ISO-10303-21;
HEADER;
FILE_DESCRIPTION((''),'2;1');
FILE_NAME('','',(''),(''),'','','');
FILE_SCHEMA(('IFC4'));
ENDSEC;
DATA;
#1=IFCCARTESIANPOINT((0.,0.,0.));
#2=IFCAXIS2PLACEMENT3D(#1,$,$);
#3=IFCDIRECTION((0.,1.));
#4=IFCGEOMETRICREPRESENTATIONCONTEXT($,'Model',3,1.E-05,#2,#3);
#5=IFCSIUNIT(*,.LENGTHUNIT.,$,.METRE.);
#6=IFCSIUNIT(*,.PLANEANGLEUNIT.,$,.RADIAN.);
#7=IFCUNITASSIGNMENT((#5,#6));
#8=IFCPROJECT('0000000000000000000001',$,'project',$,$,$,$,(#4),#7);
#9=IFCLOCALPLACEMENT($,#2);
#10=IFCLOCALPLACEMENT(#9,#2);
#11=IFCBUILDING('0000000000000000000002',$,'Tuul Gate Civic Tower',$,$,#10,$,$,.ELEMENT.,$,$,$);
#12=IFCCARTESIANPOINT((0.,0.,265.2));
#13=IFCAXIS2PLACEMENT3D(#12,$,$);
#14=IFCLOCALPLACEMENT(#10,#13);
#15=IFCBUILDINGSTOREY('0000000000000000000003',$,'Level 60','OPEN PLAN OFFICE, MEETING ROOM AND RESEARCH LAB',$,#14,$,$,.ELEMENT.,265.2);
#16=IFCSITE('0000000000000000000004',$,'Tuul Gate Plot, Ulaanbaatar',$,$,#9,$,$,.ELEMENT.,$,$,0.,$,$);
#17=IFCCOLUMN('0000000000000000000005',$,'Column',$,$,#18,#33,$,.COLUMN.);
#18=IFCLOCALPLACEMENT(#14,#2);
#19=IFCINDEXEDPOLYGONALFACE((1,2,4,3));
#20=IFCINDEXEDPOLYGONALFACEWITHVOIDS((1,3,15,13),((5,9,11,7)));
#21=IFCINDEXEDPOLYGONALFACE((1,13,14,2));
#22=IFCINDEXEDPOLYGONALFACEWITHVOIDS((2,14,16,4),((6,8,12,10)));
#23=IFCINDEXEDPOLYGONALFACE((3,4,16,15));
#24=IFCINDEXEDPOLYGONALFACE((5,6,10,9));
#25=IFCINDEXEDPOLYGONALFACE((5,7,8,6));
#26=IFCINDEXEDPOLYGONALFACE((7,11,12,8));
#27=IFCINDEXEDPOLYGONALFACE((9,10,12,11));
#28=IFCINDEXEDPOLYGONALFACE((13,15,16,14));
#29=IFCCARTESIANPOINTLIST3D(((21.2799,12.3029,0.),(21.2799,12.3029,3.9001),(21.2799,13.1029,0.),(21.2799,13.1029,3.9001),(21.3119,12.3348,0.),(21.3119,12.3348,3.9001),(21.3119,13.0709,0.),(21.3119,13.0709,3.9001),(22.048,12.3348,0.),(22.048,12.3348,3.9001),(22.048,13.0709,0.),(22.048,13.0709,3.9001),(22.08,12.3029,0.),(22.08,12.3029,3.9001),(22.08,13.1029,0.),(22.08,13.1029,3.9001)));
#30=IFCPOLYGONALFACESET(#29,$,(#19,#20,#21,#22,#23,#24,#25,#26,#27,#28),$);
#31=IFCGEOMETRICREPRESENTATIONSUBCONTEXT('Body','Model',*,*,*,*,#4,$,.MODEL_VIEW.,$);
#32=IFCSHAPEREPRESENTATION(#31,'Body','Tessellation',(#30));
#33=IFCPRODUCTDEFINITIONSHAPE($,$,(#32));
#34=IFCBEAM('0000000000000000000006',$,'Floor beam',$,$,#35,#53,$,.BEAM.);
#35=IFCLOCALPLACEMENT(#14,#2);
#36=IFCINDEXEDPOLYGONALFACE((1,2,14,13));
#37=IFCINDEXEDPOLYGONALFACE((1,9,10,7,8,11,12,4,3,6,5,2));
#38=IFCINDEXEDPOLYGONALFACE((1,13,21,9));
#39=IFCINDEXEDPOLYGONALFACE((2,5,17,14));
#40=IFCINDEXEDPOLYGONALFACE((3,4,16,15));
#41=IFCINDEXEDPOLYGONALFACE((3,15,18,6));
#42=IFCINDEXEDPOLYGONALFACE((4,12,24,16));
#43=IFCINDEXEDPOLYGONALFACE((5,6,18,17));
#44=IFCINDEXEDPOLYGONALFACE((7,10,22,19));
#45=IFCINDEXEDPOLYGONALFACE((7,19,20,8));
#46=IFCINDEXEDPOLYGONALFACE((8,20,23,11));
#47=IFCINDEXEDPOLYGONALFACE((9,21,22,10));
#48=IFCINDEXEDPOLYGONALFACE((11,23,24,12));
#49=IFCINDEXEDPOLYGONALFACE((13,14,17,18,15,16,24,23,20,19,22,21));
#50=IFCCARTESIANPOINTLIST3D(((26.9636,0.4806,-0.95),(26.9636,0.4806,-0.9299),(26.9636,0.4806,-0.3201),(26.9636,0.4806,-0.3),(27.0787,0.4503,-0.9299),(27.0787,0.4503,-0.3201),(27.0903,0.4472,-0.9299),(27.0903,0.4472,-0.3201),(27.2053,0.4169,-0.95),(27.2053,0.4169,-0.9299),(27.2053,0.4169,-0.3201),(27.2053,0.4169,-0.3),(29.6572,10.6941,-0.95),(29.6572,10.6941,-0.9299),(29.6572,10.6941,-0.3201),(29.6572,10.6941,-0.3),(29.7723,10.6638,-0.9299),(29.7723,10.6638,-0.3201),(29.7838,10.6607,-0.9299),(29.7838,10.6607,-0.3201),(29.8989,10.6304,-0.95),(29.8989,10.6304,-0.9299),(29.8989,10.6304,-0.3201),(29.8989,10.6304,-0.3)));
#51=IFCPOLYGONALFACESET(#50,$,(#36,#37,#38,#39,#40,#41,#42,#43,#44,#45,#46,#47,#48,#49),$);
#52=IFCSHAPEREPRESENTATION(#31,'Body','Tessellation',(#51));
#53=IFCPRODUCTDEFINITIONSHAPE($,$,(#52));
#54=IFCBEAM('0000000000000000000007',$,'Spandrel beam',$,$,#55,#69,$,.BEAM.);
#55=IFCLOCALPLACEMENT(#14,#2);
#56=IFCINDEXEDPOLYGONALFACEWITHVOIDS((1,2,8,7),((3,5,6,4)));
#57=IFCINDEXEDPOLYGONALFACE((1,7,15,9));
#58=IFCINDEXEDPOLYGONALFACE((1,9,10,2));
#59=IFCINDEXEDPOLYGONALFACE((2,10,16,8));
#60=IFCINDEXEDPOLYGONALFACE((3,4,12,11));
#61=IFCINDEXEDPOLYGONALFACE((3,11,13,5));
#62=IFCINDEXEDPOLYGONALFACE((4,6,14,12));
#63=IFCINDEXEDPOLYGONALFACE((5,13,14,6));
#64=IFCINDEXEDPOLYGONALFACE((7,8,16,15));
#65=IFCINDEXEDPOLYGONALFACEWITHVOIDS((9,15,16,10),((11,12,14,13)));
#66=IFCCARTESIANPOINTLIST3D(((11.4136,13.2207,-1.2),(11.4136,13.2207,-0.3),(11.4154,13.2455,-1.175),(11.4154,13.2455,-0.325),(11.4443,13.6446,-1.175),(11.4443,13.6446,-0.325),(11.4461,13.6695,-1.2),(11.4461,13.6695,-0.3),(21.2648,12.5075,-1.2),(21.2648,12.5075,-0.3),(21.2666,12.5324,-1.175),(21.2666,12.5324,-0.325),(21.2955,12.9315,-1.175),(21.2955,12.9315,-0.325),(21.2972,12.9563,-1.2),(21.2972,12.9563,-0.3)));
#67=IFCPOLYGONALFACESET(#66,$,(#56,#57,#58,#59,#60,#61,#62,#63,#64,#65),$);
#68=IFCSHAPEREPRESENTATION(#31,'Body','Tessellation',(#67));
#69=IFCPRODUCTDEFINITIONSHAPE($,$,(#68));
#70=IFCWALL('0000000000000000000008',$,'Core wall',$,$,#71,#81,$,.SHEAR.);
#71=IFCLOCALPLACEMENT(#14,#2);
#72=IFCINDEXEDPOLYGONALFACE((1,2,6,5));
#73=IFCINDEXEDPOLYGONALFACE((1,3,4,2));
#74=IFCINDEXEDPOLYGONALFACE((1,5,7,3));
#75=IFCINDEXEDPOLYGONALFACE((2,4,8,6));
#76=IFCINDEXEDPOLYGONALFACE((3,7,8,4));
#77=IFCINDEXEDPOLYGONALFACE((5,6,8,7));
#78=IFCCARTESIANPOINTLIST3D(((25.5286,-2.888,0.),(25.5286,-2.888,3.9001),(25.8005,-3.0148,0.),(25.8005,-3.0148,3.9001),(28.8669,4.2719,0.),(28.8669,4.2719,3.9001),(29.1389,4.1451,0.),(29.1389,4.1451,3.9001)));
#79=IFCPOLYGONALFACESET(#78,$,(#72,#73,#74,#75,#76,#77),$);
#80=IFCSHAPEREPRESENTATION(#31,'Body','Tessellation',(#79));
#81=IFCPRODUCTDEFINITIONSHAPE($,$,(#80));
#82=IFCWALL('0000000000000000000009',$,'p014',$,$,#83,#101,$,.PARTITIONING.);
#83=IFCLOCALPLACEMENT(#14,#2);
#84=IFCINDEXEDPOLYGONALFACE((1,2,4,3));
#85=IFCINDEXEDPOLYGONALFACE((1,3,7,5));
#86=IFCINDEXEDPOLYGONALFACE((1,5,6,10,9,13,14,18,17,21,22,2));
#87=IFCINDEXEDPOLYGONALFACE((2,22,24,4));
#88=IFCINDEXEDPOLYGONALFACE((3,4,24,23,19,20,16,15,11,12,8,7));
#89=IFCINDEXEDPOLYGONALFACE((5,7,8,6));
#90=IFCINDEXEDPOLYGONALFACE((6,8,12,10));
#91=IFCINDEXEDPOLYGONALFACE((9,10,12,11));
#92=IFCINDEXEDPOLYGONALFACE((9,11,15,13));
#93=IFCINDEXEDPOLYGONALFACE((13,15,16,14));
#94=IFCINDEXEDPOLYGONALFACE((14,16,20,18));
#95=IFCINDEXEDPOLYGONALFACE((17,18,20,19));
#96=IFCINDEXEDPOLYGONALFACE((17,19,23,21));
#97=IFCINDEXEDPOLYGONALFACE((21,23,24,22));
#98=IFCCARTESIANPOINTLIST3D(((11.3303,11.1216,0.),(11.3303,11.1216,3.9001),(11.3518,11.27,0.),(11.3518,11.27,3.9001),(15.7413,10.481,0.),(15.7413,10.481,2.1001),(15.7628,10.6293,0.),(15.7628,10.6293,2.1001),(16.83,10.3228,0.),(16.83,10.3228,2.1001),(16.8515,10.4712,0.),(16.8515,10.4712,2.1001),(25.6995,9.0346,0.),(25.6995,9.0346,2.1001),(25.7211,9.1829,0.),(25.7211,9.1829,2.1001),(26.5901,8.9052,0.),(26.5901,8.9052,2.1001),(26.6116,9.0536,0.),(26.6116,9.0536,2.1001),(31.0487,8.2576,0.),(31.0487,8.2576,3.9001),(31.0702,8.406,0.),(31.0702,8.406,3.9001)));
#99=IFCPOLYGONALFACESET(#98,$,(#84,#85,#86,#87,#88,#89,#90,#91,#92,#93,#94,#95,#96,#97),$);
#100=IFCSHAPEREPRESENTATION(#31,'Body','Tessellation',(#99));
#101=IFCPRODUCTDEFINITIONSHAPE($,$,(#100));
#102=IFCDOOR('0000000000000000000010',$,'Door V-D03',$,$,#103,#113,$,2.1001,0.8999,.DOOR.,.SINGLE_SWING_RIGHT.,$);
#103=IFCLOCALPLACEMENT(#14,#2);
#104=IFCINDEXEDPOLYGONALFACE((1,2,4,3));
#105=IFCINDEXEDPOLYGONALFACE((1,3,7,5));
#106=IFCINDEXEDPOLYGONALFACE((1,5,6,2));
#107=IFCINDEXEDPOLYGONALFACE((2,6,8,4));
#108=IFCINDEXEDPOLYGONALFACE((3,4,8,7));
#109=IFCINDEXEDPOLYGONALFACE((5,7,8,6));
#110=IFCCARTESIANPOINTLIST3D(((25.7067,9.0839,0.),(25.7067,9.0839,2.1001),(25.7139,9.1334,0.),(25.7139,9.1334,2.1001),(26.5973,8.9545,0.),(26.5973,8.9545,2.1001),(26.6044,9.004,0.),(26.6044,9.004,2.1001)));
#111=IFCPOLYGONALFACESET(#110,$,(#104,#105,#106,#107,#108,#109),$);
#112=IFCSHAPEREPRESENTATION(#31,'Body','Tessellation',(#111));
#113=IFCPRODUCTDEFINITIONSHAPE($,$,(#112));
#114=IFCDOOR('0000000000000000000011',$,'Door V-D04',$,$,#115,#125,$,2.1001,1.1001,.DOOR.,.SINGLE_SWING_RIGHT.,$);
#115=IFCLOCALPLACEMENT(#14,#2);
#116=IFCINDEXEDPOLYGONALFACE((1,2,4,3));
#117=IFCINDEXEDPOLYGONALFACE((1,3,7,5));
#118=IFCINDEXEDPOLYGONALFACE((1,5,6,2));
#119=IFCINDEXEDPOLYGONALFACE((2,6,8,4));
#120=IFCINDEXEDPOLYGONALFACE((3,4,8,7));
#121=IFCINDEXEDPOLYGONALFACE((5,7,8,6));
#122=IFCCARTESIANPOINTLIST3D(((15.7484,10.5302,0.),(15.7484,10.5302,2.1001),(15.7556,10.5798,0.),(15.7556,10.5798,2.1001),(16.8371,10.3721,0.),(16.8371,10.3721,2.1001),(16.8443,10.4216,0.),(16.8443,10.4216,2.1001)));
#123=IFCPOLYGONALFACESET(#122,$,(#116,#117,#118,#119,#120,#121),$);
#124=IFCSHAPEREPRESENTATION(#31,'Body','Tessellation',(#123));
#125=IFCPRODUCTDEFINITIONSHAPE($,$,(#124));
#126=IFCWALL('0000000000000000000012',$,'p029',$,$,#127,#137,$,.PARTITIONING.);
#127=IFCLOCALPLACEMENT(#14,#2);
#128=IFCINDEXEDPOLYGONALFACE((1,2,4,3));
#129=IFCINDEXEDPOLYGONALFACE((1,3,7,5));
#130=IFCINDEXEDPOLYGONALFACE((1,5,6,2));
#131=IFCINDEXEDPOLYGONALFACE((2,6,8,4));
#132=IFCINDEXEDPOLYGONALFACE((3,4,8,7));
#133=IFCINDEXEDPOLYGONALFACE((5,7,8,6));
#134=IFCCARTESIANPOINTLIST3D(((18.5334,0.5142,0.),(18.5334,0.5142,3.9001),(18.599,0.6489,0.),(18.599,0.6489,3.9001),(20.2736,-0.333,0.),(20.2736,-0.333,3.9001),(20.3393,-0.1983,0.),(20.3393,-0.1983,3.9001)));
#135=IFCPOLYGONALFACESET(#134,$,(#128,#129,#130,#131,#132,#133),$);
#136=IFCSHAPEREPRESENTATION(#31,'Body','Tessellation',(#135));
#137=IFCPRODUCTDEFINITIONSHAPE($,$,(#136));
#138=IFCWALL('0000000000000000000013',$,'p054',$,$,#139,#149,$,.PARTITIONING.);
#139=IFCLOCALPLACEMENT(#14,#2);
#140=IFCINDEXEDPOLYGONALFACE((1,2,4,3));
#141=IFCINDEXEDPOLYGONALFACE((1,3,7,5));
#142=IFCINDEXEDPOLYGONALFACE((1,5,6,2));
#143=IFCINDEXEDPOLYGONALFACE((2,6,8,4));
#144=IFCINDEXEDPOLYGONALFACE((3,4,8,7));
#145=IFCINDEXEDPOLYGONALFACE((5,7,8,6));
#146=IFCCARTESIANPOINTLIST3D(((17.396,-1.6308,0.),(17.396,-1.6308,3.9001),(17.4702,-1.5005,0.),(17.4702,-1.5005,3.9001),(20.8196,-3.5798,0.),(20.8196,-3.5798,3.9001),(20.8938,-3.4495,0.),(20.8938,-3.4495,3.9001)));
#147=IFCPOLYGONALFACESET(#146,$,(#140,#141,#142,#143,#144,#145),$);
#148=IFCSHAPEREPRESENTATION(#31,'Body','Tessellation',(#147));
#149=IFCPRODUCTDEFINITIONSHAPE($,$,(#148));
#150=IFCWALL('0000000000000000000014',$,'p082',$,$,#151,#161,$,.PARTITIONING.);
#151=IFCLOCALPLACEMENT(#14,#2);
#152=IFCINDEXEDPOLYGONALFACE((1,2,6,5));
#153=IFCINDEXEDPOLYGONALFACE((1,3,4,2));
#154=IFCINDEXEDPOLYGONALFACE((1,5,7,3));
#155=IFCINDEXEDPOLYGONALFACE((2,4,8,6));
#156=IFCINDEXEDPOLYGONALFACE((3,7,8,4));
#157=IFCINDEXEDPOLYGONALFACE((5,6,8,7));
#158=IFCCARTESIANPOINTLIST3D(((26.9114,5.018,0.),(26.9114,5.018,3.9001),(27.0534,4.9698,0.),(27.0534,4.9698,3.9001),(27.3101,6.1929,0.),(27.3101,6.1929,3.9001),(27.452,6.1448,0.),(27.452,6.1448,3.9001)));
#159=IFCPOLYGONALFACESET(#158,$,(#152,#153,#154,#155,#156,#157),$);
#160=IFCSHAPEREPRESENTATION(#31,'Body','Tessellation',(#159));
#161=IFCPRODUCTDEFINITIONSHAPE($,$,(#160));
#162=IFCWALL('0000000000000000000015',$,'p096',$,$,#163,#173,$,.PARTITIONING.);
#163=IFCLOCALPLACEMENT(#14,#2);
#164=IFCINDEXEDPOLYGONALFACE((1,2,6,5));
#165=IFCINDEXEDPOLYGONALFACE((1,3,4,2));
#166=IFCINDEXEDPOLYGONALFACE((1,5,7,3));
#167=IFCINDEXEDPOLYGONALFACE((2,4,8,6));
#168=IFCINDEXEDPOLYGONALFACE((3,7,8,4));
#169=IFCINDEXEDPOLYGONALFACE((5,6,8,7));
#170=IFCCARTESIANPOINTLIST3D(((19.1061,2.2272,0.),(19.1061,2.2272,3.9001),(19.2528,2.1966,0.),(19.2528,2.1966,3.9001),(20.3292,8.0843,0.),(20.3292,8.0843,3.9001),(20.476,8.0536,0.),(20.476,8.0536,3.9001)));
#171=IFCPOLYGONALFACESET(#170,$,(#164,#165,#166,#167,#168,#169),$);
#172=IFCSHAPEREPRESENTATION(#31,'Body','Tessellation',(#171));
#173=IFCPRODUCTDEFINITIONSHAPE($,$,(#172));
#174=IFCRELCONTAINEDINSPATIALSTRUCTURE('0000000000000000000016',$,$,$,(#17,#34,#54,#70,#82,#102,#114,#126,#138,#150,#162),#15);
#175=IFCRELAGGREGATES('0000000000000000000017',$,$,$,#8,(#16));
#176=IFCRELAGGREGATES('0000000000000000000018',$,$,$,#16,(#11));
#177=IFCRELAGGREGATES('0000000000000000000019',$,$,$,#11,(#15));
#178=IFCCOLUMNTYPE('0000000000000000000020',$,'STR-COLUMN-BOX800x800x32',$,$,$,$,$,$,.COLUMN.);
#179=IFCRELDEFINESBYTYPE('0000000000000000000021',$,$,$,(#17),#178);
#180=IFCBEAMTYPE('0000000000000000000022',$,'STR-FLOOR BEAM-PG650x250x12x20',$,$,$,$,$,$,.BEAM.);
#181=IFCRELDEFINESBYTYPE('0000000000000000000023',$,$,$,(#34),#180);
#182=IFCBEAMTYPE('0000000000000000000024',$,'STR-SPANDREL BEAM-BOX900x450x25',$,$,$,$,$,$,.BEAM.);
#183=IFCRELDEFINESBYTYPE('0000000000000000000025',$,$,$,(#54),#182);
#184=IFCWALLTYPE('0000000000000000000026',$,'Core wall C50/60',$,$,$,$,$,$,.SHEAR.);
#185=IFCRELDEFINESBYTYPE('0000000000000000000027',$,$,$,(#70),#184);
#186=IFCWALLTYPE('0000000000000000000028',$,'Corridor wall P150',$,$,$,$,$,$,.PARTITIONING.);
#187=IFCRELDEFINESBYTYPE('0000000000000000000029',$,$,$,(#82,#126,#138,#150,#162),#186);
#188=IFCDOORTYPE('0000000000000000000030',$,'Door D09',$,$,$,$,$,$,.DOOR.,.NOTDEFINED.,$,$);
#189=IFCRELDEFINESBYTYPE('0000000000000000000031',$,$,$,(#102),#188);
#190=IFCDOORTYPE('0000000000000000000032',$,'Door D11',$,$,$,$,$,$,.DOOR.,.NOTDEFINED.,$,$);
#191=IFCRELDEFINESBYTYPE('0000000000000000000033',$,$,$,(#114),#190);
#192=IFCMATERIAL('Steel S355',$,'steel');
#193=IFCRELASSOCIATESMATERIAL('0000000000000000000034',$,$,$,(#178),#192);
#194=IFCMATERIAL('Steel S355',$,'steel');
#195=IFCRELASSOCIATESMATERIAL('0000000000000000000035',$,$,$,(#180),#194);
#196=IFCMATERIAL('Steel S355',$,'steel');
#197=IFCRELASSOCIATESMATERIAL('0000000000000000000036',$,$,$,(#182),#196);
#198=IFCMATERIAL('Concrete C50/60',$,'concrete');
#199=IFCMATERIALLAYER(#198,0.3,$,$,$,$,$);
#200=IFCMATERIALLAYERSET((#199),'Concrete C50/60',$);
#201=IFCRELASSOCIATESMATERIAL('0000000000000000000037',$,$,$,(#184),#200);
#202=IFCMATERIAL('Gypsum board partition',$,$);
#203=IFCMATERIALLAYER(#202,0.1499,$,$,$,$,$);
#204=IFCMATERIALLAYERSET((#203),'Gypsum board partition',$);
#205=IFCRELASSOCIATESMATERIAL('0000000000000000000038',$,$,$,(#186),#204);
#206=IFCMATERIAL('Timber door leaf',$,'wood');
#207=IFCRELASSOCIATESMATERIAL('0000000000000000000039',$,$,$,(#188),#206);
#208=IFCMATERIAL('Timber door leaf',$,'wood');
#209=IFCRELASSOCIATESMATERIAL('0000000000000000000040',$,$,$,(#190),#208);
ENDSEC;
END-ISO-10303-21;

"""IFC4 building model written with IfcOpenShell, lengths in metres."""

from ifc_helpers import new_model, si_unit, direction, frame, frame_2d, origin, origin_2d, place, context, subcontext, project, spatial, rectangle, hollow_rectangle, i_section, extrude, material, layer, layer_set, material_profile, profile_set, type_object, element, fill, save


model = new_model("IFC4")

# Units and contexts
model_context = context("Model", 3, precision=1e-05, world=origin(), true_north=direction((0.0, 1.0)))
body_context = subcontext(model_context, "Body", "Model", "MODEL_VIEW")
ifc_project = project(units=[si_unit("LENGTHUNIT", "METRE"), si_unit("PLANEANGLEUNIT", "RADIAN")], contexts=[model_context])

# Site, building, storey
site_placement = place(None, origin())
site = spatial("IfcSite", under=ifc_project, at=site_placement, Name="Tuul Gate Plot, Ulaanbaatar", CompositionType="ELEMENT", RefElevation=0.0)
building_placement = place(site_placement, origin())
building = spatial("IfcBuilding", under=site, at=building_placement, Name="Tuul Gate Civic Tower", CompositionType="ELEMENT")
storey_placement = place(building_placement, frame((0.0, 0.0, 265.2)))
storey = spatial("IfcBuildingStorey", under=building, at=storey_placement, Name="Level 60", Description="OPEN PLAN OFFICE, MEETING ROOM AND RESEARCH LAB", CompositionType="ELEMENT", Elevation=265.2)

# Column
ifc_material_1 = material(Name="Steel S355", Category="steel")
ifc_material_profile_1 = material_profile(ifc_material_1, hollow_rectangle(XDim=0.8, YDim=0.8, WallThickness=0.032, at=origin_2d()), Name="BOX800x800x32")
ifc_profile_set_1 = profile_set([ifc_material_profile_1], Name="Steel S355")
column_type = type_object("IfcColumnType", Name="STR-COLUMN-BOX800x800x32", PredefinedType="COLUMN", material=ifc_profile_set_1)
column_placement = place(storey_placement, frame((21.6799, 12.7029, 0.0), z_axis=(0.0, 0.0, 1.0), x_axis=(1.0, 0.0, 0.0)))
element("IfcColumn", 1, at=column_placement, inside=storey, type_object=column_type, Name="Column", PredefinedType="COLUMN", context=body_context, shape_type="SweptSolid", body=[
    extrude(hollow_rectangle(XDim=0.8, YDim=0.8, WallThickness=0.032, at=origin_2d()), origin(), (0.0, 0.0, 1.0), 3.9001),
])

# Beams
ifc_material_2 = material(Name="Steel S355", Category="steel")
ifc_material_profile_2 = material_profile(ifc_material_2, i_section(OverallWidth=0.25, OverallDepth=0.6499, WebThickness=0.012, FlangeThickness=0.02, at=origin_2d()), Name="PG650x250x12x20")
ifc_profile_set_2 = profile_set([ifc_material_profile_2], Name="Steel S355")
beam_type_1 = type_object("IfcBeamType", Name="STR-FLOOR BEAM-PG650x250x12x20", PredefinedType="BEAM", material=ifc_profile_set_2)
beam_1_placement = place(storey_placement, frame((27.0845, 0.4487, -0.625), z_axis=(0.255008, 0.966939, 0.0), x_axis=(-0.966939, 0.255008, 0.0)))
element("IfcBeam", 2, at=beam_1_placement, inside=storey, type_object=beam_type_1, Name="Floor beam", PredefinedType="BEAM", context=body_context, shape_type="SweptSolid", body=[
    extrude(i_section(OverallWidth=0.25, OverallDepth=0.6499, WebThickness=0.012, FlangeThickness=0.02, at=origin_2d()), origin(), (0.0, 0.0, 1.0), 10.5627),
])
ifc_material_3 = material(Name="Steel S355", Category="steel")
ifc_material_profile_3 = material_profile(ifc_material_3, hollow_rectangle(XDim=0.45, YDim=0.8999, WallThickness=0.0249, at=origin_2d()), Name="BOX900x450x25")
ifc_profile_set_3 = profile_set([ifc_material_profile_3], Name="Steel S355")
beam_type_2 = type_object("IfcBeamType", Name="STR-SPANDREL BEAM-BOX900x450x25", PredefinedType="BEAM", material=ifc_profile_set_3)
beam_2_placement = place(storey_placement, frame((21.281, 12.7319, -0.75), z_axis=(-0.99739, 0.072203, 0.0), x_axis=(-0.072203, -0.99739, 0.0)))
element("IfcBeam", 3, at=beam_2_placement, inside=storey, type_object=beam_type_2, Name="Spandrel beam", PredefinedType="BEAM", context=body_context, shape_type="SweptSolid", body=[
    extrude(hollow_rectangle(XDim=0.45, YDim=0.8999, WallThickness=0.0249, at=origin_2d()), origin(), (0.0, 0.0, 1.0), 9.877),
])

# Wall
ifc_material_4 = material(Name="Concrete C50/60", Category="concrete")
ifc_layer_1 = layer(ifc_material_4, 0.3)
ifc_layer_set_1 = layer_set([ifc_layer_1], Name="Concrete C50/60")
wall_type_1 = type_object("IfcWallType", Name="Core wall C50/60", PredefinedType="SHEAR", material=ifc_layer_set_1)
wall_1_placement = place(storey_placement, frame((25.6646, -2.9514, 0.0), z_axis=(0.0, 0.0, 1.0), x_axis=(0.422583, 0.906324, 0.0)))
element("IfcWall", 4, at=wall_1_placement, inside=storey, type_object=wall_type_1, Name="Core wall", PredefinedType="SHEAR", context=body_context, shape_type="SweptSolid", body=[
    extrude(rectangle(XDim=7.8999, YDim=0.3, at=frame_2d((3.95, 0.0))), origin(), (0.0, 0.0, 1.0), 3.9001),
])

# Wall, openings, doors
ifc_material_5 = material(Name="Gypsum board partition")
ifc_layer_2 = layer(ifc_material_5, 0.1499)
ifc_layer_set_2 = layer_set([ifc_layer_2], Name="Gypsum board partition")
wall_type_2 = type_object("IfcWallType", Name="Corridor wall P150", PredefinedType="PARTITIONING", material=ifc_layer_set_2)
wall_2_placement = place(storey_placement, frame((11.3411, 11.1958, 0.0), z_axis=(0.0, 0.0, 1.0), x_axis=(0.989616, -0.143737, 0.0)))
wall_2 = element("IfcWall", 5, at=wall_2_placement, inside=storey, type_object=wall_type_2, Name="p014", PredefinedType="PARTITIONING", context=body_context, shape_type="SweptSolid", body=[
    extrude(rectangle(XDim=19.9253, YDim=0.1499, at=frame_2d((9.9626, 0.0))), origin(), (0.0, 0.0, 1.0), 3.9001),
])
opening_1_placement = place(wall_2_placement, frame((14.52, 0.0, 0.0)))
opening_1 = element("IfcOpeningElement", 6, at=opening_1_placement, cuts=wall_2, PredefinedType="OPENING", context=body_context, shape_type="SweptSolid", body=[
    extrude(rectangle(XDim=0.8999, YDim=2.1001, at=frame_2d((0.45, 1.05))), frame((0.0, 0.085, 0.0), z_axis=(0.0, -1.0, 0.0), x_axis=(1.0, 0.0, 0.0)), (0.0, 0.0, 1.0), 0.1699),
])
opening_2_placement = place(wall_2_placement, frame((4.4573, 0.0, 0.0)))
opening_2 = element("IfcOpeningElement", 7, at=opening_2_placement, cuts=wall_2, PredefinedType="OPENING", context=body_context, shape_type="SweptSolid", body=[
    extrude(rectangle(XDim=1.1001, YDim=2.1001, at=frame_2d((0.55, 1.05))), frame((0.0, 0.085, 0.0), z_axis=(0.0, -1.0, 0.0), x_axis=(1.0, 0.0, 0.0)), (0.0, 0.0, 1.0), 0.1699),
])
ifc_material_6 = material(Name="Timber door leaf", Category="wood")
door_type_1 = type_object("IfcDoorType", Name="Door D09", OperationType="NOTDEFINED", PredefinedType="DOOR", material=ifc_material_6)
door_1_placement = place(opening_1_placement, origin())
door_1 = element("IfcDoor", 8, at=door_1_placement, inside=storey, type_object=door_type_1, Name="Door V-D03", OperationType="SINGLE_SWING_RIGHT", OverallHeight=2.1001, OverallWidth=0.8999, PredefinedType="DOOR", context=body_context, shape_type="SweptSolid", body=[
    extrude(rectangle(XDim=0.8999, YDim=2.1001, at=frame_2d((0.45, 1.05))), frame((0.0, 0.0249, 0.0), z_axis=(0.0, -1.0, 0.0), x_axis=(1.0, 0.0, 0.0)), (0.0, 0.0, 1.0), 0.05),
])
fill(opening_1, door_1)
ifc_material_7 = material(Name="Timber door leaf", Category="wood")
door_type_2 = type_object("IfcDoorType", Name="Door D11", OperationType="NOTDEFINED", PredefinedType="DOOR", material=ifc_material_7)
door_2_placement = place(opening_2_placement, origin())
door_2 = element("IfcDoor", 9, at=door_2_placement, inside=storey, type_object=door_type_2, Name="Door V-D04", OperationType="SINGLE_SWING_RIGHT", OverallHeight=2.1001, OverallWidth=1.1001, PredefinedType="DOOR", context=body_context, shape_type="SweptSolid", body=[
    extrude(rectangle(XDim=1.1001, YDim=2.1001, at=frame_2d((0.55, 1.05))), frame((0.0, 0.0249, 0.0), z_axis=(0.0, -1.0, 0.0), x_axis=(1.0, 0.0, 0.0)), (0.0, 0.0, 1.0), 0.05),
])
fill(opening_2, door_2)

# Walls
wall_3_placement = place(storey_placement, frame((18.5662, 0.5815, 0.0), z_axis=(0.0, 0.0, 1.0), x_axis=(0.89912, -0.437703, 0.0)))
element("IfcWall", 10, at=wall_3_placement, inside=storey, type_object=wall_type_2, Name="p029", PredefinedType="PARTITIONING", context=body_context, shape_type="SweptSolid", body=[
    extrude(rectangle(XDim=1.9355, YDim=0.1499, at=frame_2d((0.9678, 0.0))), origin(), (0.0, 0.0, 1.0), 3.9001),
])
wall_4_placement = place(storey_placement, frame((17.4331, -1.5657, 0.0), z_axis=(0.0, 0.0, 1.0), x_axis=(0.869047, -0.49473, 0.0)))
element("IfcWall", 11, at=wall_4_placement, inside=storey, type_object=wall_type_2, Name="p054", PredefinedType="PARTITIONING", context=body_context, shape_type="SweptSolid", body=[
    extrude(rectangle(XDim=3.9395, YDim=0.1499, at=frame_2d((1.9697, 0.0))), origin(), (0.0, 0.0, 1.0), 3.9001),
])
wall_5_placement = place(storey_placement, frame((26.9824, 4.9939, 0.0), z_axis=(0.0, 0.0, 1.0), x_axis=(0.321299, 0.946978, 0.0)))
element("IfcWall", 12, at=wall_5_placement, inside=storey, type_object=wall_type_2, Name="p082", PredefinedType="PARTITIONING", context=body_context, shape_type="SweptSolid", body=[
    extrude(rectangle(XDim=1.2407, YDim=0.1499, at=frame_2d((0.6204, 0.0))), origin(), (0.0, 0.0, 1.0), 3.9001),
])
wall_6_placement = place(storey_placement, frame((19.1794, 2.2119, 0.0), z_axis=(0.0, 0.0, 1.0), x_axis=(0.204427, 0.978882, 0.0)))
element("IfcWall", 13, at=wall_6_placement, inside=storey, type_object=wall_type_2, Name="p096", PredefinedType="PARTITIONING", context=body_context, shape_type="SweptSolid", body=[
    extrude(rectangle(XDim=5.9834, YDim=0.1499, at=frame_2d((2.9917, 0.0))), origin(), (0.0, 0.0, 1.0), 3.9001),
])

save(model, "model.ifc")
